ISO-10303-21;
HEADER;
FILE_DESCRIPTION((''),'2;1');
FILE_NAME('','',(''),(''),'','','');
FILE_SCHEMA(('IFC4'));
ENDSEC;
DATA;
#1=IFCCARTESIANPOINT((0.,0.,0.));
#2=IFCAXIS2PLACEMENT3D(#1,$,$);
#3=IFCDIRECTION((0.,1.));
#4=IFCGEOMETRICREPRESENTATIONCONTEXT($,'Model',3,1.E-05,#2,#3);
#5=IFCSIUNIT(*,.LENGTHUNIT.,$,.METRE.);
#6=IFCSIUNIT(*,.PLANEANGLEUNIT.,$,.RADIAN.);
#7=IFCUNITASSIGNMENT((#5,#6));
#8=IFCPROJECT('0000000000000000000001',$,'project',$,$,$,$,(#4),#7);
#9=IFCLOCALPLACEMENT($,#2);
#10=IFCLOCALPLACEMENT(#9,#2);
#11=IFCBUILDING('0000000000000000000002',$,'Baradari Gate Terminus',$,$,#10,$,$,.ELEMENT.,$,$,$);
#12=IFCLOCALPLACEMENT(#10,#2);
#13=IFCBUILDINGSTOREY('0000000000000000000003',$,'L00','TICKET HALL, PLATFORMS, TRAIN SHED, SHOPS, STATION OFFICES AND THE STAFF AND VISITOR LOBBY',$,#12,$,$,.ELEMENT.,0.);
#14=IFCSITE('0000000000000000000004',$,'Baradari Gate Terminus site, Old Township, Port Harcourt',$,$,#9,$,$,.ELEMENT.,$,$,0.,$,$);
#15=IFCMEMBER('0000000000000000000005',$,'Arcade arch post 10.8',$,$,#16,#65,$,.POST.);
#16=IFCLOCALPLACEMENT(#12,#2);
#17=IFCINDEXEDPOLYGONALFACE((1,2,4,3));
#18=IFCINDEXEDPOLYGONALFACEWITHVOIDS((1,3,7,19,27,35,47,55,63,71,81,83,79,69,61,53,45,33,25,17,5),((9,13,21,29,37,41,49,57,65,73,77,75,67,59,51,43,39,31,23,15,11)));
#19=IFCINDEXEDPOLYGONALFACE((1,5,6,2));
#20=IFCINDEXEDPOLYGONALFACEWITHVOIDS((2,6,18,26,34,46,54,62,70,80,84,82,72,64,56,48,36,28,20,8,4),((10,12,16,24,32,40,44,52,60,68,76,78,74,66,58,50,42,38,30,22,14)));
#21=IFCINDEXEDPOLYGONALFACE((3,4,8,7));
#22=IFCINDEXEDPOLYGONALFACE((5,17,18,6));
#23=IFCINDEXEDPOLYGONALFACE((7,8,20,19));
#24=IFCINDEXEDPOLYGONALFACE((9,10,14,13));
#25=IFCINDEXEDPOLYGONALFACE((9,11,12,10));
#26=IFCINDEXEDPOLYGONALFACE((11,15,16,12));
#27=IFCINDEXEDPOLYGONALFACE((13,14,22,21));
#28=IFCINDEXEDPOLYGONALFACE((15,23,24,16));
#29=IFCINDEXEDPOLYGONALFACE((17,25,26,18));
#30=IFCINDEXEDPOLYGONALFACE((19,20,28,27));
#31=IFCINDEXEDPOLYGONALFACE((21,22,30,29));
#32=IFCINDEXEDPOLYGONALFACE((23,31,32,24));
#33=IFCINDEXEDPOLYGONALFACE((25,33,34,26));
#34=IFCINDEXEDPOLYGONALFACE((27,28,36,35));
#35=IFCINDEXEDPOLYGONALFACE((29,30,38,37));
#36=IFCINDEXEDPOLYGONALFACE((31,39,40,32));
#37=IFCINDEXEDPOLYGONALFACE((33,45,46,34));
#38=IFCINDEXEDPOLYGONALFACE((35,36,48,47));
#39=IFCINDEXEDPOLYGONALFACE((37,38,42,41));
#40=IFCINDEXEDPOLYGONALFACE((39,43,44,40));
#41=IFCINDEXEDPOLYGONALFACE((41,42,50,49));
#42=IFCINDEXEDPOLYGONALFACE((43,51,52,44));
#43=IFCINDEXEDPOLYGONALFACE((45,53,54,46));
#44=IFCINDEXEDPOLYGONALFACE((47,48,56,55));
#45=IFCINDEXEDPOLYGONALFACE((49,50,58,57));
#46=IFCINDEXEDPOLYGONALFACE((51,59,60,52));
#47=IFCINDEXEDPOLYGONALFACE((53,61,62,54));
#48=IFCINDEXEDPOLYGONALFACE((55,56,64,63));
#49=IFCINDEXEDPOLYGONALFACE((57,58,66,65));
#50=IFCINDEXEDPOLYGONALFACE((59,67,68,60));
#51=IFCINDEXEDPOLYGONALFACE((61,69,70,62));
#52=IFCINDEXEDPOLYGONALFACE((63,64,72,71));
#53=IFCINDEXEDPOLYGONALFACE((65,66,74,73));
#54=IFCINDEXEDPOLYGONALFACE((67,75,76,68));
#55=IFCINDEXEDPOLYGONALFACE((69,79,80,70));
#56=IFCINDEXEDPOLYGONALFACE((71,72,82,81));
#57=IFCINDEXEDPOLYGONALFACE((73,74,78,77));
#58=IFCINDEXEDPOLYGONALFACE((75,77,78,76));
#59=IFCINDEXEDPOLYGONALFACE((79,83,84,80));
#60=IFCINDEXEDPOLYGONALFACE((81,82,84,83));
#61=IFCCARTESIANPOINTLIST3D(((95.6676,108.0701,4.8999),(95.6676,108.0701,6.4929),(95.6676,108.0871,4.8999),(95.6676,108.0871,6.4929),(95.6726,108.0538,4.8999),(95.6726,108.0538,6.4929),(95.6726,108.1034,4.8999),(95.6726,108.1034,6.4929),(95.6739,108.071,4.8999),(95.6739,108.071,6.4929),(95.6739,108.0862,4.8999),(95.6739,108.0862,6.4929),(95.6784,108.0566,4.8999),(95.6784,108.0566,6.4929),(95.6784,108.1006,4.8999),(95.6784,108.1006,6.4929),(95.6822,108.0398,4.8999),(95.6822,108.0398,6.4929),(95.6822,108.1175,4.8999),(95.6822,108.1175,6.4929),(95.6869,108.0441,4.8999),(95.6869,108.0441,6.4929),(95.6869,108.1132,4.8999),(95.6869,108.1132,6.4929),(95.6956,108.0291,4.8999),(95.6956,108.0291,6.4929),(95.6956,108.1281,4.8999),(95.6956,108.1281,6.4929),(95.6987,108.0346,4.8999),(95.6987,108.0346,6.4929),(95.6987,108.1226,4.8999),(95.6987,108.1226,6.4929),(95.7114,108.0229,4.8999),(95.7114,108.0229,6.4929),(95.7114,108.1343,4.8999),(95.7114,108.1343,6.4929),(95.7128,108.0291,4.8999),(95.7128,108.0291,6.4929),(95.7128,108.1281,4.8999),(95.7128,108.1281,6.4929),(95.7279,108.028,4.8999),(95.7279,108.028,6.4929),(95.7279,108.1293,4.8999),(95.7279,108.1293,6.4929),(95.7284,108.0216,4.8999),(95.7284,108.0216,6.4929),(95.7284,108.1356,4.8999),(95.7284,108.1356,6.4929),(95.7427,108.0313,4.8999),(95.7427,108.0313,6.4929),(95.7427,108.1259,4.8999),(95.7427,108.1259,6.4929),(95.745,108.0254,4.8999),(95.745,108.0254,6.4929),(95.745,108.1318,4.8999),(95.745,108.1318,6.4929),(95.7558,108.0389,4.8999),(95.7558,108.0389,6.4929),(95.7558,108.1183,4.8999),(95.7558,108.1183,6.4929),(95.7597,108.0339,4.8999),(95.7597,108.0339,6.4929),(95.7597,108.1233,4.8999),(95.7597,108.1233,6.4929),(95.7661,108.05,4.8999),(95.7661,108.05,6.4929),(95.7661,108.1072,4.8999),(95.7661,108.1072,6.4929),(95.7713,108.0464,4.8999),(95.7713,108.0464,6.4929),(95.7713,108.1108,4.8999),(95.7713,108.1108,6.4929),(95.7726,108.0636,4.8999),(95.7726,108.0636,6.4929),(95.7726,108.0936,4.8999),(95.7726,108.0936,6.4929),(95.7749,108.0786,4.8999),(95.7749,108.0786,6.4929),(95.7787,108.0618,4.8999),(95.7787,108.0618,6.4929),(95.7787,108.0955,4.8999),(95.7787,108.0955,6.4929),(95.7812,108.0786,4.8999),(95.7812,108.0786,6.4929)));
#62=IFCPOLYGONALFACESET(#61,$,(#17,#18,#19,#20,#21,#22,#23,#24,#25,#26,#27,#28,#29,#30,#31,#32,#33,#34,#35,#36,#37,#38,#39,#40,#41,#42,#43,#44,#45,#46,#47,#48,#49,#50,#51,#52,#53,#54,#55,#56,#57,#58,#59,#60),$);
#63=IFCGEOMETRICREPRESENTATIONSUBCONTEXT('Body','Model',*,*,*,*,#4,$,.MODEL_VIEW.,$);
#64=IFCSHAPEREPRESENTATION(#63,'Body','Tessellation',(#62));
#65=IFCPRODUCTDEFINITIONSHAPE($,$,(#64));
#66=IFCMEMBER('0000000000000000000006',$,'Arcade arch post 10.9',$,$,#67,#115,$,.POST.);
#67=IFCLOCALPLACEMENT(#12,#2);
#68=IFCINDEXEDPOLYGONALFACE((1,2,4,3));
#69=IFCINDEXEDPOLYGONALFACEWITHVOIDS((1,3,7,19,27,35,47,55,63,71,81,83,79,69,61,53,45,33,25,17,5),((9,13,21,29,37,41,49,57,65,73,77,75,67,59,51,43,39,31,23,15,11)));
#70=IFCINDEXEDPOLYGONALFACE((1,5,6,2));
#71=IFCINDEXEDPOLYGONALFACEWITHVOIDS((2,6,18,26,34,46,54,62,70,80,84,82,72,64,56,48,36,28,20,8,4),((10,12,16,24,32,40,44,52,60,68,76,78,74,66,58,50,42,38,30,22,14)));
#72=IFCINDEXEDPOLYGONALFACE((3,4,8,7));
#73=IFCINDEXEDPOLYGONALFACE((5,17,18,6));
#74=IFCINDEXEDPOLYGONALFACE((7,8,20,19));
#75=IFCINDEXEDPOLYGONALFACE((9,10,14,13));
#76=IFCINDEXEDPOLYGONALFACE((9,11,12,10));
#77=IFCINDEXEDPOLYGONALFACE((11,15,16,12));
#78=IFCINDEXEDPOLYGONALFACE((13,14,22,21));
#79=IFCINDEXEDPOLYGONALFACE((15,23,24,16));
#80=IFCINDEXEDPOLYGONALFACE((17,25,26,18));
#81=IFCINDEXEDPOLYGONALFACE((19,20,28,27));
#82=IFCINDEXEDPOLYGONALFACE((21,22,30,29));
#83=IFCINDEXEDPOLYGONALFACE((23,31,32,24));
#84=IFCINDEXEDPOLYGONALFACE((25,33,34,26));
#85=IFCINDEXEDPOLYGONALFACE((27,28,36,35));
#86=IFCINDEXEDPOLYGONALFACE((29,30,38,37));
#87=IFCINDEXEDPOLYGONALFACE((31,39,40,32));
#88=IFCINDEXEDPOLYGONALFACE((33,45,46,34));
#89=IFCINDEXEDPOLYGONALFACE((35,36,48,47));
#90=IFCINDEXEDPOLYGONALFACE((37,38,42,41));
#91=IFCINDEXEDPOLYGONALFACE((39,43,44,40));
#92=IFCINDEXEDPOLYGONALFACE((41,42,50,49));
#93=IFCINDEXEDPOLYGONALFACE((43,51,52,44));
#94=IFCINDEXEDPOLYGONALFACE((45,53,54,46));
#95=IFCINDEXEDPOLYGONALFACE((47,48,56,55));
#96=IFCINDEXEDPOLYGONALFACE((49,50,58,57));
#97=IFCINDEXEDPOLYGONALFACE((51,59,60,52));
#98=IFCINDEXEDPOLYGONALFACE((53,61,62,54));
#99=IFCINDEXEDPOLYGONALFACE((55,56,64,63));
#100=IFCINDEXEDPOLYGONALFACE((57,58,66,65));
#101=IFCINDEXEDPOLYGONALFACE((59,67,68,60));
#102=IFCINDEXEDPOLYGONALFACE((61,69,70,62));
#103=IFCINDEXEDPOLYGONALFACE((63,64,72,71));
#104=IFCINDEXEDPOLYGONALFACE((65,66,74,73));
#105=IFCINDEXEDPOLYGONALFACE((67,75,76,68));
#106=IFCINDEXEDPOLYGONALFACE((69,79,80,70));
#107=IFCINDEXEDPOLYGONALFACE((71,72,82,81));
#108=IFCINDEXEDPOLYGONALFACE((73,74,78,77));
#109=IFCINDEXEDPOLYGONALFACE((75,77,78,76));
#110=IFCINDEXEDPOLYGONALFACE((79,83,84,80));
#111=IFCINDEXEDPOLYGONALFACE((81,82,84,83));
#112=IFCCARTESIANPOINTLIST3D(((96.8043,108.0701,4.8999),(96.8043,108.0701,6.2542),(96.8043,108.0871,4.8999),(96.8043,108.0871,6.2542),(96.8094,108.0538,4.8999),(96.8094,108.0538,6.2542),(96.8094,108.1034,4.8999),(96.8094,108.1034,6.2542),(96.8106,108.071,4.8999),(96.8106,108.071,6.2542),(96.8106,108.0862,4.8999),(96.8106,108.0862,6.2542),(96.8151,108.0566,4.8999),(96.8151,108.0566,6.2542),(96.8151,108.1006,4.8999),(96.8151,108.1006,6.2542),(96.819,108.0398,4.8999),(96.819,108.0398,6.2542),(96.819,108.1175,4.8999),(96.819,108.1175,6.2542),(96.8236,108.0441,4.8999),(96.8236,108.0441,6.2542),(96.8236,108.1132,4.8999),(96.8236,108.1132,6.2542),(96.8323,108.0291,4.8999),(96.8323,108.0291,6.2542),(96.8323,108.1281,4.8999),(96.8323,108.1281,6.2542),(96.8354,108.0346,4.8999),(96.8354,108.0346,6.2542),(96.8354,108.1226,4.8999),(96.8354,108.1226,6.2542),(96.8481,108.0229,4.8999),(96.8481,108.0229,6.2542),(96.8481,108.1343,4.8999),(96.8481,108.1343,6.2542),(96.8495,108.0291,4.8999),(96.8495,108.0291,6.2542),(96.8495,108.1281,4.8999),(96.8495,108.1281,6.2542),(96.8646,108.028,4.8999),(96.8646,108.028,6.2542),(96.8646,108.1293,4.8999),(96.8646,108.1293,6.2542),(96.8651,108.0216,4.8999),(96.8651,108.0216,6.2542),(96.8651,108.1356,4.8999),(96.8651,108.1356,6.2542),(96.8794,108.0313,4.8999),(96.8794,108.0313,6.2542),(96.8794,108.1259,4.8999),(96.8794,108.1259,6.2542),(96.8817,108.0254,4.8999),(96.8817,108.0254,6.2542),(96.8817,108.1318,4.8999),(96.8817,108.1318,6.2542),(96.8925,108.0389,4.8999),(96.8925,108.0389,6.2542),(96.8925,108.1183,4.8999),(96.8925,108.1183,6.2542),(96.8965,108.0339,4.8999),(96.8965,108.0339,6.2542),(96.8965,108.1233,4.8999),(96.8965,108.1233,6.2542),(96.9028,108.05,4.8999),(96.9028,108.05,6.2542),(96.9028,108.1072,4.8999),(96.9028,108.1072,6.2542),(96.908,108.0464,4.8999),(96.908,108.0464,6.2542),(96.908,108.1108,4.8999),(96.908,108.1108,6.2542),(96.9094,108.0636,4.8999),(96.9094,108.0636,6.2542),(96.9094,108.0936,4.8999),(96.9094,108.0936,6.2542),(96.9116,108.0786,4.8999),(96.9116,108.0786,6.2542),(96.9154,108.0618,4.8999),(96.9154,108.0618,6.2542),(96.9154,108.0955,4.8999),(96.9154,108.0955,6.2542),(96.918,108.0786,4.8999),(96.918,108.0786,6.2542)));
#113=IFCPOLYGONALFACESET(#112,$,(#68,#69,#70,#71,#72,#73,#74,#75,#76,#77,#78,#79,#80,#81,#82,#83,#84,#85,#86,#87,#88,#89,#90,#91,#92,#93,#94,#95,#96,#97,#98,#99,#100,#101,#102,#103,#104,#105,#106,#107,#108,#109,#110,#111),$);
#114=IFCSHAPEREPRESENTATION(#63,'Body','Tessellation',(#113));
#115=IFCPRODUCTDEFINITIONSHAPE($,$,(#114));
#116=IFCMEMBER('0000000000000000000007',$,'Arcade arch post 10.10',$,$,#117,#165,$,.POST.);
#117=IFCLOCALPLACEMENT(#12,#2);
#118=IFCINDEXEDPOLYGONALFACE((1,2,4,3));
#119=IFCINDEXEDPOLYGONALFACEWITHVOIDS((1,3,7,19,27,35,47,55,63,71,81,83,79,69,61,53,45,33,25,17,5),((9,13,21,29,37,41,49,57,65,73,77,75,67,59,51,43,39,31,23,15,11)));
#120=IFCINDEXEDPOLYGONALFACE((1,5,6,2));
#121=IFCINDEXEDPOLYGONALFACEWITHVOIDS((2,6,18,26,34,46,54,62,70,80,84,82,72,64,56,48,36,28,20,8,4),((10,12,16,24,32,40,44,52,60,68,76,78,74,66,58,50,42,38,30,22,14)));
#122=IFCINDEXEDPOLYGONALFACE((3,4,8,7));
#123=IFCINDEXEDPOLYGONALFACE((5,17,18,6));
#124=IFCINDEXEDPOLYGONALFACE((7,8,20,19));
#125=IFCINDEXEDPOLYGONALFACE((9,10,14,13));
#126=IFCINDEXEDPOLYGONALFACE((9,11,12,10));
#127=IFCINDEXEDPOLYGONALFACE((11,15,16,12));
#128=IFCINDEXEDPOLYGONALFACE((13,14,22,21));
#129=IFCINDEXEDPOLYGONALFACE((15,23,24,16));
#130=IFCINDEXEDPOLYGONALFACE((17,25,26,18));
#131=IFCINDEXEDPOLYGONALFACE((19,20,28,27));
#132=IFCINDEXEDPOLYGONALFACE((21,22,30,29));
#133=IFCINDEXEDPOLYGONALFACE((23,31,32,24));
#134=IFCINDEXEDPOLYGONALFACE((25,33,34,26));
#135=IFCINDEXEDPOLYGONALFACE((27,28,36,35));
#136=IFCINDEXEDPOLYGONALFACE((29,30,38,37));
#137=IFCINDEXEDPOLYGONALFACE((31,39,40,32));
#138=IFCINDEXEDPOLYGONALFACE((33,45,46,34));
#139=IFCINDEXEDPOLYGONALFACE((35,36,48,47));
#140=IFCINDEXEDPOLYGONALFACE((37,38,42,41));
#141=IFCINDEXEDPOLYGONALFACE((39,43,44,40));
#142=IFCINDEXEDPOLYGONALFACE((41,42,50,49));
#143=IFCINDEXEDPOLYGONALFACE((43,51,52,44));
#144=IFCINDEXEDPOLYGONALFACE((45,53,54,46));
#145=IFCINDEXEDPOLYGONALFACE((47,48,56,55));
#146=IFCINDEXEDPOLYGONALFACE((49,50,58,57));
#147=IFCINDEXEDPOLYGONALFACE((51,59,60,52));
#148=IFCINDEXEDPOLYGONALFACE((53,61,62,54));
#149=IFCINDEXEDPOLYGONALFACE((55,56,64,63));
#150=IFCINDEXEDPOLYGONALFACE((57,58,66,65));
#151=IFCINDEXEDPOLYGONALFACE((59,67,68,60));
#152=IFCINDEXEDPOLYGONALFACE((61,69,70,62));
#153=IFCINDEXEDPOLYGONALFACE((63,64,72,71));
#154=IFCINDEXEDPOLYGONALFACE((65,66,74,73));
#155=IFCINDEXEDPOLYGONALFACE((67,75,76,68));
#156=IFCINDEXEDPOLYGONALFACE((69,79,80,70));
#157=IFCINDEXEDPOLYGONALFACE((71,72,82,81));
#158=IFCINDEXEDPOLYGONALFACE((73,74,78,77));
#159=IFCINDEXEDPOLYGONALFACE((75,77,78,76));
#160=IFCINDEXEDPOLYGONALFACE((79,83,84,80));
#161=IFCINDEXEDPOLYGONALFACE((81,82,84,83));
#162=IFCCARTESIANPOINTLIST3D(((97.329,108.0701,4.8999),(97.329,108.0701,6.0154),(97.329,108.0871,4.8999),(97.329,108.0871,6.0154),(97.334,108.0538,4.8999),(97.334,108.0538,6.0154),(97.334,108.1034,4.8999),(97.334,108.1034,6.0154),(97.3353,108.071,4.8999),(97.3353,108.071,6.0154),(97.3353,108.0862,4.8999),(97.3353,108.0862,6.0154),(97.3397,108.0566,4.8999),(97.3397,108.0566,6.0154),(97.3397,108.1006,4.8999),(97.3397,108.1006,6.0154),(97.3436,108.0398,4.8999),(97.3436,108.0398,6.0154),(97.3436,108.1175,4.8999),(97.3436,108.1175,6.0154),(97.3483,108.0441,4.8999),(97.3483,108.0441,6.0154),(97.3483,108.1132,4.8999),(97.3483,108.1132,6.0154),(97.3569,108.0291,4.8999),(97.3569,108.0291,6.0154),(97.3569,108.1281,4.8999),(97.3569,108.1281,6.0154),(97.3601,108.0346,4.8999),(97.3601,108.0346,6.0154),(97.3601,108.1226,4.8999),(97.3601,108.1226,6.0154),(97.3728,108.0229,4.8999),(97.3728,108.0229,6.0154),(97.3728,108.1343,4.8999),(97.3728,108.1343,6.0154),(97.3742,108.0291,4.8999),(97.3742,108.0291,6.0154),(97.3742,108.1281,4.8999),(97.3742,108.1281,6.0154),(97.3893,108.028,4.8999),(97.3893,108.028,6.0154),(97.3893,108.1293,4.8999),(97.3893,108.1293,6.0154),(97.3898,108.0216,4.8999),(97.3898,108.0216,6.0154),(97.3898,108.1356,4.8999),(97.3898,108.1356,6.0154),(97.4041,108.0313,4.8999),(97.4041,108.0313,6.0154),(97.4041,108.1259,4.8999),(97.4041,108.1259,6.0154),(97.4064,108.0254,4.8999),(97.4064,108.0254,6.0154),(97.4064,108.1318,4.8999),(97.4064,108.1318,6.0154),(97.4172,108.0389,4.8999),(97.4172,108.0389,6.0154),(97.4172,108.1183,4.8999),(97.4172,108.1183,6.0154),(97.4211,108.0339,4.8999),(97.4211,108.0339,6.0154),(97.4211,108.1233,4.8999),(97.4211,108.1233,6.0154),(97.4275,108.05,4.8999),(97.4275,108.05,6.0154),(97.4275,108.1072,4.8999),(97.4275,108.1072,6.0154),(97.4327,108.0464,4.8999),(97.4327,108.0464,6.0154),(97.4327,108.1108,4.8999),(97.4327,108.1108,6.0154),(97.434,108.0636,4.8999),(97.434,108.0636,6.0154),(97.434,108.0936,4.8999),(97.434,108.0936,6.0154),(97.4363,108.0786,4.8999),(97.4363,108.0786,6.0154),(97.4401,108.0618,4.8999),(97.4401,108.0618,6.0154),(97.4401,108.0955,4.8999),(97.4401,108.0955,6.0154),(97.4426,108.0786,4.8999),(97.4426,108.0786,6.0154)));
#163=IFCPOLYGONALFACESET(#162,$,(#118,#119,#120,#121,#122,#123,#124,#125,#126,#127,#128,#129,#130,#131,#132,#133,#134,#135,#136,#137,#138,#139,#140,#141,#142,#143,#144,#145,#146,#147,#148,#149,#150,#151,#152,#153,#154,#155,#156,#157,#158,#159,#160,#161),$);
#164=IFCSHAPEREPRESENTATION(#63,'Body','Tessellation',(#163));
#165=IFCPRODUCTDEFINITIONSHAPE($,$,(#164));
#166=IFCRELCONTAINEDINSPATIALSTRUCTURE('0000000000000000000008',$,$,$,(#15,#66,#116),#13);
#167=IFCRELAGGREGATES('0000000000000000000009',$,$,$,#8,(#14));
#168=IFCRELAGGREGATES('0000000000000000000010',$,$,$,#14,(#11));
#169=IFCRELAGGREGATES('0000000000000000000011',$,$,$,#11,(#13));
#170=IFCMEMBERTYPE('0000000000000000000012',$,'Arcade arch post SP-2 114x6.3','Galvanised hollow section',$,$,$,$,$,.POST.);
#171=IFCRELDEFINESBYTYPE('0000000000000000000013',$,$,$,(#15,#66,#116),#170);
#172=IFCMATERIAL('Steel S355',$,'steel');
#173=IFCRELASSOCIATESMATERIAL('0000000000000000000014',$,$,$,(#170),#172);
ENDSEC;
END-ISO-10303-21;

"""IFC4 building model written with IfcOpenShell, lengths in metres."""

from ifc_helpers import new_model, si_unit, direction, frame, origin, origin_2d, place, context, subcontext, project, spatial, hollow_circle, extrude, material, material_profile, profile_set, type_object, element, save


model = new_model("IFC4")

# Units and contexts
model_context = context("Model", 3, precision=1e-05, world=origin(), true_north=direction((0.0, 1.0)))
body_context = subcontext(model_context, "Body", "Model", "MODEL_VIEW")
ifc_project = project(units=[si_unit("LENGTHUNIT", "METRE"), si_unit("PLANEANGLEUNIT", "RADIAN")], contexts=[model_context])

# Site, building, storey
site_placement = place(None, origin())
site = spatial("IfcSite", under=ifc_project, at=site_placement, Name="Baradari Gate Terminus site, Old Township, Port Harcourt", CompositionType="ELEMENT", RefElevation=0.0)
building_placement = place(site_placement, origin())
building = spatial("IfcBuilding", under=site, at=building_placement, Name="Baradari Gate Terminus", CompositionType="ELEMENT")
storey_placement = place(building_placement, origin())
storey = spatial("IfcBuildingStorey", under=building, at=storey_placement, Name="L00", Description="TICKET HALL, PLATFORMS, TRAIN SHED, SHOPS, STATION OFFICES AND THE STAFF AND VISITOR LOBBY", CompositionType="ELEMENT", Elevation=0.0)

# Members
ifc_material_1 = material(Name="Steel S355", Category="steel")
ifc_material_profile_1 = material_profile(ifc_material_1, hollow_circle(Radius=0.0571, WallThickness=0.0063, at=origin_2d()), Name="CHS 114.3x6.3")
ifc_profile_set_1 = profile_set([ifc_material_profile_1], Name="Steel S355")
member_type = type_object("IfcMemberType", Name="Arcade arch post SP-2 114x6.3", Description="Galvanised hollow section", PredefinedType="POST", material=ifc_profile_set_1)
member_1_placement = place(storey_placement, frame((95.7241, 108.0786, 4.8999), z_axis=(0.0, 0.0, 1.0), x_axis=(1.0, 0.0, 0.0)))
element("IfcMember", 1, at=member_1_placement, inside=storey, type_object=member_type, Name="Arcade arch post 10.8", PredefinedType="POST", context=body_context, shape_type="SweptSolid", body=[
    extrude(hollow_circle(Radius=0.0571, WallThickness=0.0063, at=origin_2d()), origin(), (0.0, 0.0, 1.0), 1.593),
])
member_2_placement = place(storey_placement, frame((96.8608, 108.0786, 4.8999), z_axis=(0.0, 0.0, 1.0), x_axis=(1.0, 0.0, 0.0)))
element("IfcMember", 2, at=member_2_placement, inside=storey, type_object=member_type, Name="Arcade arch post 10.9", PredefinedType="POST", context=body_context, shape_type="SweptSolid", body=[
    extrude(hollow_circle(Radius=0.0571, WallThickness=0.0063, at=origin_2d()), origin(), (0.0, 0.0, 1.0), 1.3542),
])
member_3_placement = place(storey_placement, frame((97.3855, 108.0786, 4.8999), z_axis=(0.0, 0.0, 1.0), x_axis=(1.0, 0.0, 0.0)))
element("IfcMember", 3, at=member_3_placement, inside=storey, type_object=member_type, Name="Arcade arch post 10.10", PredefinedType="POST", context=body_context, shape_type="SweptSolid", body=[
    extrude(hollow_circle(Radius=0.0571, WallThickness=0.0063, at=origin_2d()), origin(), (0.0, 0.0, 1.0), 1.1155),
])

save(model, "model.ifc")
